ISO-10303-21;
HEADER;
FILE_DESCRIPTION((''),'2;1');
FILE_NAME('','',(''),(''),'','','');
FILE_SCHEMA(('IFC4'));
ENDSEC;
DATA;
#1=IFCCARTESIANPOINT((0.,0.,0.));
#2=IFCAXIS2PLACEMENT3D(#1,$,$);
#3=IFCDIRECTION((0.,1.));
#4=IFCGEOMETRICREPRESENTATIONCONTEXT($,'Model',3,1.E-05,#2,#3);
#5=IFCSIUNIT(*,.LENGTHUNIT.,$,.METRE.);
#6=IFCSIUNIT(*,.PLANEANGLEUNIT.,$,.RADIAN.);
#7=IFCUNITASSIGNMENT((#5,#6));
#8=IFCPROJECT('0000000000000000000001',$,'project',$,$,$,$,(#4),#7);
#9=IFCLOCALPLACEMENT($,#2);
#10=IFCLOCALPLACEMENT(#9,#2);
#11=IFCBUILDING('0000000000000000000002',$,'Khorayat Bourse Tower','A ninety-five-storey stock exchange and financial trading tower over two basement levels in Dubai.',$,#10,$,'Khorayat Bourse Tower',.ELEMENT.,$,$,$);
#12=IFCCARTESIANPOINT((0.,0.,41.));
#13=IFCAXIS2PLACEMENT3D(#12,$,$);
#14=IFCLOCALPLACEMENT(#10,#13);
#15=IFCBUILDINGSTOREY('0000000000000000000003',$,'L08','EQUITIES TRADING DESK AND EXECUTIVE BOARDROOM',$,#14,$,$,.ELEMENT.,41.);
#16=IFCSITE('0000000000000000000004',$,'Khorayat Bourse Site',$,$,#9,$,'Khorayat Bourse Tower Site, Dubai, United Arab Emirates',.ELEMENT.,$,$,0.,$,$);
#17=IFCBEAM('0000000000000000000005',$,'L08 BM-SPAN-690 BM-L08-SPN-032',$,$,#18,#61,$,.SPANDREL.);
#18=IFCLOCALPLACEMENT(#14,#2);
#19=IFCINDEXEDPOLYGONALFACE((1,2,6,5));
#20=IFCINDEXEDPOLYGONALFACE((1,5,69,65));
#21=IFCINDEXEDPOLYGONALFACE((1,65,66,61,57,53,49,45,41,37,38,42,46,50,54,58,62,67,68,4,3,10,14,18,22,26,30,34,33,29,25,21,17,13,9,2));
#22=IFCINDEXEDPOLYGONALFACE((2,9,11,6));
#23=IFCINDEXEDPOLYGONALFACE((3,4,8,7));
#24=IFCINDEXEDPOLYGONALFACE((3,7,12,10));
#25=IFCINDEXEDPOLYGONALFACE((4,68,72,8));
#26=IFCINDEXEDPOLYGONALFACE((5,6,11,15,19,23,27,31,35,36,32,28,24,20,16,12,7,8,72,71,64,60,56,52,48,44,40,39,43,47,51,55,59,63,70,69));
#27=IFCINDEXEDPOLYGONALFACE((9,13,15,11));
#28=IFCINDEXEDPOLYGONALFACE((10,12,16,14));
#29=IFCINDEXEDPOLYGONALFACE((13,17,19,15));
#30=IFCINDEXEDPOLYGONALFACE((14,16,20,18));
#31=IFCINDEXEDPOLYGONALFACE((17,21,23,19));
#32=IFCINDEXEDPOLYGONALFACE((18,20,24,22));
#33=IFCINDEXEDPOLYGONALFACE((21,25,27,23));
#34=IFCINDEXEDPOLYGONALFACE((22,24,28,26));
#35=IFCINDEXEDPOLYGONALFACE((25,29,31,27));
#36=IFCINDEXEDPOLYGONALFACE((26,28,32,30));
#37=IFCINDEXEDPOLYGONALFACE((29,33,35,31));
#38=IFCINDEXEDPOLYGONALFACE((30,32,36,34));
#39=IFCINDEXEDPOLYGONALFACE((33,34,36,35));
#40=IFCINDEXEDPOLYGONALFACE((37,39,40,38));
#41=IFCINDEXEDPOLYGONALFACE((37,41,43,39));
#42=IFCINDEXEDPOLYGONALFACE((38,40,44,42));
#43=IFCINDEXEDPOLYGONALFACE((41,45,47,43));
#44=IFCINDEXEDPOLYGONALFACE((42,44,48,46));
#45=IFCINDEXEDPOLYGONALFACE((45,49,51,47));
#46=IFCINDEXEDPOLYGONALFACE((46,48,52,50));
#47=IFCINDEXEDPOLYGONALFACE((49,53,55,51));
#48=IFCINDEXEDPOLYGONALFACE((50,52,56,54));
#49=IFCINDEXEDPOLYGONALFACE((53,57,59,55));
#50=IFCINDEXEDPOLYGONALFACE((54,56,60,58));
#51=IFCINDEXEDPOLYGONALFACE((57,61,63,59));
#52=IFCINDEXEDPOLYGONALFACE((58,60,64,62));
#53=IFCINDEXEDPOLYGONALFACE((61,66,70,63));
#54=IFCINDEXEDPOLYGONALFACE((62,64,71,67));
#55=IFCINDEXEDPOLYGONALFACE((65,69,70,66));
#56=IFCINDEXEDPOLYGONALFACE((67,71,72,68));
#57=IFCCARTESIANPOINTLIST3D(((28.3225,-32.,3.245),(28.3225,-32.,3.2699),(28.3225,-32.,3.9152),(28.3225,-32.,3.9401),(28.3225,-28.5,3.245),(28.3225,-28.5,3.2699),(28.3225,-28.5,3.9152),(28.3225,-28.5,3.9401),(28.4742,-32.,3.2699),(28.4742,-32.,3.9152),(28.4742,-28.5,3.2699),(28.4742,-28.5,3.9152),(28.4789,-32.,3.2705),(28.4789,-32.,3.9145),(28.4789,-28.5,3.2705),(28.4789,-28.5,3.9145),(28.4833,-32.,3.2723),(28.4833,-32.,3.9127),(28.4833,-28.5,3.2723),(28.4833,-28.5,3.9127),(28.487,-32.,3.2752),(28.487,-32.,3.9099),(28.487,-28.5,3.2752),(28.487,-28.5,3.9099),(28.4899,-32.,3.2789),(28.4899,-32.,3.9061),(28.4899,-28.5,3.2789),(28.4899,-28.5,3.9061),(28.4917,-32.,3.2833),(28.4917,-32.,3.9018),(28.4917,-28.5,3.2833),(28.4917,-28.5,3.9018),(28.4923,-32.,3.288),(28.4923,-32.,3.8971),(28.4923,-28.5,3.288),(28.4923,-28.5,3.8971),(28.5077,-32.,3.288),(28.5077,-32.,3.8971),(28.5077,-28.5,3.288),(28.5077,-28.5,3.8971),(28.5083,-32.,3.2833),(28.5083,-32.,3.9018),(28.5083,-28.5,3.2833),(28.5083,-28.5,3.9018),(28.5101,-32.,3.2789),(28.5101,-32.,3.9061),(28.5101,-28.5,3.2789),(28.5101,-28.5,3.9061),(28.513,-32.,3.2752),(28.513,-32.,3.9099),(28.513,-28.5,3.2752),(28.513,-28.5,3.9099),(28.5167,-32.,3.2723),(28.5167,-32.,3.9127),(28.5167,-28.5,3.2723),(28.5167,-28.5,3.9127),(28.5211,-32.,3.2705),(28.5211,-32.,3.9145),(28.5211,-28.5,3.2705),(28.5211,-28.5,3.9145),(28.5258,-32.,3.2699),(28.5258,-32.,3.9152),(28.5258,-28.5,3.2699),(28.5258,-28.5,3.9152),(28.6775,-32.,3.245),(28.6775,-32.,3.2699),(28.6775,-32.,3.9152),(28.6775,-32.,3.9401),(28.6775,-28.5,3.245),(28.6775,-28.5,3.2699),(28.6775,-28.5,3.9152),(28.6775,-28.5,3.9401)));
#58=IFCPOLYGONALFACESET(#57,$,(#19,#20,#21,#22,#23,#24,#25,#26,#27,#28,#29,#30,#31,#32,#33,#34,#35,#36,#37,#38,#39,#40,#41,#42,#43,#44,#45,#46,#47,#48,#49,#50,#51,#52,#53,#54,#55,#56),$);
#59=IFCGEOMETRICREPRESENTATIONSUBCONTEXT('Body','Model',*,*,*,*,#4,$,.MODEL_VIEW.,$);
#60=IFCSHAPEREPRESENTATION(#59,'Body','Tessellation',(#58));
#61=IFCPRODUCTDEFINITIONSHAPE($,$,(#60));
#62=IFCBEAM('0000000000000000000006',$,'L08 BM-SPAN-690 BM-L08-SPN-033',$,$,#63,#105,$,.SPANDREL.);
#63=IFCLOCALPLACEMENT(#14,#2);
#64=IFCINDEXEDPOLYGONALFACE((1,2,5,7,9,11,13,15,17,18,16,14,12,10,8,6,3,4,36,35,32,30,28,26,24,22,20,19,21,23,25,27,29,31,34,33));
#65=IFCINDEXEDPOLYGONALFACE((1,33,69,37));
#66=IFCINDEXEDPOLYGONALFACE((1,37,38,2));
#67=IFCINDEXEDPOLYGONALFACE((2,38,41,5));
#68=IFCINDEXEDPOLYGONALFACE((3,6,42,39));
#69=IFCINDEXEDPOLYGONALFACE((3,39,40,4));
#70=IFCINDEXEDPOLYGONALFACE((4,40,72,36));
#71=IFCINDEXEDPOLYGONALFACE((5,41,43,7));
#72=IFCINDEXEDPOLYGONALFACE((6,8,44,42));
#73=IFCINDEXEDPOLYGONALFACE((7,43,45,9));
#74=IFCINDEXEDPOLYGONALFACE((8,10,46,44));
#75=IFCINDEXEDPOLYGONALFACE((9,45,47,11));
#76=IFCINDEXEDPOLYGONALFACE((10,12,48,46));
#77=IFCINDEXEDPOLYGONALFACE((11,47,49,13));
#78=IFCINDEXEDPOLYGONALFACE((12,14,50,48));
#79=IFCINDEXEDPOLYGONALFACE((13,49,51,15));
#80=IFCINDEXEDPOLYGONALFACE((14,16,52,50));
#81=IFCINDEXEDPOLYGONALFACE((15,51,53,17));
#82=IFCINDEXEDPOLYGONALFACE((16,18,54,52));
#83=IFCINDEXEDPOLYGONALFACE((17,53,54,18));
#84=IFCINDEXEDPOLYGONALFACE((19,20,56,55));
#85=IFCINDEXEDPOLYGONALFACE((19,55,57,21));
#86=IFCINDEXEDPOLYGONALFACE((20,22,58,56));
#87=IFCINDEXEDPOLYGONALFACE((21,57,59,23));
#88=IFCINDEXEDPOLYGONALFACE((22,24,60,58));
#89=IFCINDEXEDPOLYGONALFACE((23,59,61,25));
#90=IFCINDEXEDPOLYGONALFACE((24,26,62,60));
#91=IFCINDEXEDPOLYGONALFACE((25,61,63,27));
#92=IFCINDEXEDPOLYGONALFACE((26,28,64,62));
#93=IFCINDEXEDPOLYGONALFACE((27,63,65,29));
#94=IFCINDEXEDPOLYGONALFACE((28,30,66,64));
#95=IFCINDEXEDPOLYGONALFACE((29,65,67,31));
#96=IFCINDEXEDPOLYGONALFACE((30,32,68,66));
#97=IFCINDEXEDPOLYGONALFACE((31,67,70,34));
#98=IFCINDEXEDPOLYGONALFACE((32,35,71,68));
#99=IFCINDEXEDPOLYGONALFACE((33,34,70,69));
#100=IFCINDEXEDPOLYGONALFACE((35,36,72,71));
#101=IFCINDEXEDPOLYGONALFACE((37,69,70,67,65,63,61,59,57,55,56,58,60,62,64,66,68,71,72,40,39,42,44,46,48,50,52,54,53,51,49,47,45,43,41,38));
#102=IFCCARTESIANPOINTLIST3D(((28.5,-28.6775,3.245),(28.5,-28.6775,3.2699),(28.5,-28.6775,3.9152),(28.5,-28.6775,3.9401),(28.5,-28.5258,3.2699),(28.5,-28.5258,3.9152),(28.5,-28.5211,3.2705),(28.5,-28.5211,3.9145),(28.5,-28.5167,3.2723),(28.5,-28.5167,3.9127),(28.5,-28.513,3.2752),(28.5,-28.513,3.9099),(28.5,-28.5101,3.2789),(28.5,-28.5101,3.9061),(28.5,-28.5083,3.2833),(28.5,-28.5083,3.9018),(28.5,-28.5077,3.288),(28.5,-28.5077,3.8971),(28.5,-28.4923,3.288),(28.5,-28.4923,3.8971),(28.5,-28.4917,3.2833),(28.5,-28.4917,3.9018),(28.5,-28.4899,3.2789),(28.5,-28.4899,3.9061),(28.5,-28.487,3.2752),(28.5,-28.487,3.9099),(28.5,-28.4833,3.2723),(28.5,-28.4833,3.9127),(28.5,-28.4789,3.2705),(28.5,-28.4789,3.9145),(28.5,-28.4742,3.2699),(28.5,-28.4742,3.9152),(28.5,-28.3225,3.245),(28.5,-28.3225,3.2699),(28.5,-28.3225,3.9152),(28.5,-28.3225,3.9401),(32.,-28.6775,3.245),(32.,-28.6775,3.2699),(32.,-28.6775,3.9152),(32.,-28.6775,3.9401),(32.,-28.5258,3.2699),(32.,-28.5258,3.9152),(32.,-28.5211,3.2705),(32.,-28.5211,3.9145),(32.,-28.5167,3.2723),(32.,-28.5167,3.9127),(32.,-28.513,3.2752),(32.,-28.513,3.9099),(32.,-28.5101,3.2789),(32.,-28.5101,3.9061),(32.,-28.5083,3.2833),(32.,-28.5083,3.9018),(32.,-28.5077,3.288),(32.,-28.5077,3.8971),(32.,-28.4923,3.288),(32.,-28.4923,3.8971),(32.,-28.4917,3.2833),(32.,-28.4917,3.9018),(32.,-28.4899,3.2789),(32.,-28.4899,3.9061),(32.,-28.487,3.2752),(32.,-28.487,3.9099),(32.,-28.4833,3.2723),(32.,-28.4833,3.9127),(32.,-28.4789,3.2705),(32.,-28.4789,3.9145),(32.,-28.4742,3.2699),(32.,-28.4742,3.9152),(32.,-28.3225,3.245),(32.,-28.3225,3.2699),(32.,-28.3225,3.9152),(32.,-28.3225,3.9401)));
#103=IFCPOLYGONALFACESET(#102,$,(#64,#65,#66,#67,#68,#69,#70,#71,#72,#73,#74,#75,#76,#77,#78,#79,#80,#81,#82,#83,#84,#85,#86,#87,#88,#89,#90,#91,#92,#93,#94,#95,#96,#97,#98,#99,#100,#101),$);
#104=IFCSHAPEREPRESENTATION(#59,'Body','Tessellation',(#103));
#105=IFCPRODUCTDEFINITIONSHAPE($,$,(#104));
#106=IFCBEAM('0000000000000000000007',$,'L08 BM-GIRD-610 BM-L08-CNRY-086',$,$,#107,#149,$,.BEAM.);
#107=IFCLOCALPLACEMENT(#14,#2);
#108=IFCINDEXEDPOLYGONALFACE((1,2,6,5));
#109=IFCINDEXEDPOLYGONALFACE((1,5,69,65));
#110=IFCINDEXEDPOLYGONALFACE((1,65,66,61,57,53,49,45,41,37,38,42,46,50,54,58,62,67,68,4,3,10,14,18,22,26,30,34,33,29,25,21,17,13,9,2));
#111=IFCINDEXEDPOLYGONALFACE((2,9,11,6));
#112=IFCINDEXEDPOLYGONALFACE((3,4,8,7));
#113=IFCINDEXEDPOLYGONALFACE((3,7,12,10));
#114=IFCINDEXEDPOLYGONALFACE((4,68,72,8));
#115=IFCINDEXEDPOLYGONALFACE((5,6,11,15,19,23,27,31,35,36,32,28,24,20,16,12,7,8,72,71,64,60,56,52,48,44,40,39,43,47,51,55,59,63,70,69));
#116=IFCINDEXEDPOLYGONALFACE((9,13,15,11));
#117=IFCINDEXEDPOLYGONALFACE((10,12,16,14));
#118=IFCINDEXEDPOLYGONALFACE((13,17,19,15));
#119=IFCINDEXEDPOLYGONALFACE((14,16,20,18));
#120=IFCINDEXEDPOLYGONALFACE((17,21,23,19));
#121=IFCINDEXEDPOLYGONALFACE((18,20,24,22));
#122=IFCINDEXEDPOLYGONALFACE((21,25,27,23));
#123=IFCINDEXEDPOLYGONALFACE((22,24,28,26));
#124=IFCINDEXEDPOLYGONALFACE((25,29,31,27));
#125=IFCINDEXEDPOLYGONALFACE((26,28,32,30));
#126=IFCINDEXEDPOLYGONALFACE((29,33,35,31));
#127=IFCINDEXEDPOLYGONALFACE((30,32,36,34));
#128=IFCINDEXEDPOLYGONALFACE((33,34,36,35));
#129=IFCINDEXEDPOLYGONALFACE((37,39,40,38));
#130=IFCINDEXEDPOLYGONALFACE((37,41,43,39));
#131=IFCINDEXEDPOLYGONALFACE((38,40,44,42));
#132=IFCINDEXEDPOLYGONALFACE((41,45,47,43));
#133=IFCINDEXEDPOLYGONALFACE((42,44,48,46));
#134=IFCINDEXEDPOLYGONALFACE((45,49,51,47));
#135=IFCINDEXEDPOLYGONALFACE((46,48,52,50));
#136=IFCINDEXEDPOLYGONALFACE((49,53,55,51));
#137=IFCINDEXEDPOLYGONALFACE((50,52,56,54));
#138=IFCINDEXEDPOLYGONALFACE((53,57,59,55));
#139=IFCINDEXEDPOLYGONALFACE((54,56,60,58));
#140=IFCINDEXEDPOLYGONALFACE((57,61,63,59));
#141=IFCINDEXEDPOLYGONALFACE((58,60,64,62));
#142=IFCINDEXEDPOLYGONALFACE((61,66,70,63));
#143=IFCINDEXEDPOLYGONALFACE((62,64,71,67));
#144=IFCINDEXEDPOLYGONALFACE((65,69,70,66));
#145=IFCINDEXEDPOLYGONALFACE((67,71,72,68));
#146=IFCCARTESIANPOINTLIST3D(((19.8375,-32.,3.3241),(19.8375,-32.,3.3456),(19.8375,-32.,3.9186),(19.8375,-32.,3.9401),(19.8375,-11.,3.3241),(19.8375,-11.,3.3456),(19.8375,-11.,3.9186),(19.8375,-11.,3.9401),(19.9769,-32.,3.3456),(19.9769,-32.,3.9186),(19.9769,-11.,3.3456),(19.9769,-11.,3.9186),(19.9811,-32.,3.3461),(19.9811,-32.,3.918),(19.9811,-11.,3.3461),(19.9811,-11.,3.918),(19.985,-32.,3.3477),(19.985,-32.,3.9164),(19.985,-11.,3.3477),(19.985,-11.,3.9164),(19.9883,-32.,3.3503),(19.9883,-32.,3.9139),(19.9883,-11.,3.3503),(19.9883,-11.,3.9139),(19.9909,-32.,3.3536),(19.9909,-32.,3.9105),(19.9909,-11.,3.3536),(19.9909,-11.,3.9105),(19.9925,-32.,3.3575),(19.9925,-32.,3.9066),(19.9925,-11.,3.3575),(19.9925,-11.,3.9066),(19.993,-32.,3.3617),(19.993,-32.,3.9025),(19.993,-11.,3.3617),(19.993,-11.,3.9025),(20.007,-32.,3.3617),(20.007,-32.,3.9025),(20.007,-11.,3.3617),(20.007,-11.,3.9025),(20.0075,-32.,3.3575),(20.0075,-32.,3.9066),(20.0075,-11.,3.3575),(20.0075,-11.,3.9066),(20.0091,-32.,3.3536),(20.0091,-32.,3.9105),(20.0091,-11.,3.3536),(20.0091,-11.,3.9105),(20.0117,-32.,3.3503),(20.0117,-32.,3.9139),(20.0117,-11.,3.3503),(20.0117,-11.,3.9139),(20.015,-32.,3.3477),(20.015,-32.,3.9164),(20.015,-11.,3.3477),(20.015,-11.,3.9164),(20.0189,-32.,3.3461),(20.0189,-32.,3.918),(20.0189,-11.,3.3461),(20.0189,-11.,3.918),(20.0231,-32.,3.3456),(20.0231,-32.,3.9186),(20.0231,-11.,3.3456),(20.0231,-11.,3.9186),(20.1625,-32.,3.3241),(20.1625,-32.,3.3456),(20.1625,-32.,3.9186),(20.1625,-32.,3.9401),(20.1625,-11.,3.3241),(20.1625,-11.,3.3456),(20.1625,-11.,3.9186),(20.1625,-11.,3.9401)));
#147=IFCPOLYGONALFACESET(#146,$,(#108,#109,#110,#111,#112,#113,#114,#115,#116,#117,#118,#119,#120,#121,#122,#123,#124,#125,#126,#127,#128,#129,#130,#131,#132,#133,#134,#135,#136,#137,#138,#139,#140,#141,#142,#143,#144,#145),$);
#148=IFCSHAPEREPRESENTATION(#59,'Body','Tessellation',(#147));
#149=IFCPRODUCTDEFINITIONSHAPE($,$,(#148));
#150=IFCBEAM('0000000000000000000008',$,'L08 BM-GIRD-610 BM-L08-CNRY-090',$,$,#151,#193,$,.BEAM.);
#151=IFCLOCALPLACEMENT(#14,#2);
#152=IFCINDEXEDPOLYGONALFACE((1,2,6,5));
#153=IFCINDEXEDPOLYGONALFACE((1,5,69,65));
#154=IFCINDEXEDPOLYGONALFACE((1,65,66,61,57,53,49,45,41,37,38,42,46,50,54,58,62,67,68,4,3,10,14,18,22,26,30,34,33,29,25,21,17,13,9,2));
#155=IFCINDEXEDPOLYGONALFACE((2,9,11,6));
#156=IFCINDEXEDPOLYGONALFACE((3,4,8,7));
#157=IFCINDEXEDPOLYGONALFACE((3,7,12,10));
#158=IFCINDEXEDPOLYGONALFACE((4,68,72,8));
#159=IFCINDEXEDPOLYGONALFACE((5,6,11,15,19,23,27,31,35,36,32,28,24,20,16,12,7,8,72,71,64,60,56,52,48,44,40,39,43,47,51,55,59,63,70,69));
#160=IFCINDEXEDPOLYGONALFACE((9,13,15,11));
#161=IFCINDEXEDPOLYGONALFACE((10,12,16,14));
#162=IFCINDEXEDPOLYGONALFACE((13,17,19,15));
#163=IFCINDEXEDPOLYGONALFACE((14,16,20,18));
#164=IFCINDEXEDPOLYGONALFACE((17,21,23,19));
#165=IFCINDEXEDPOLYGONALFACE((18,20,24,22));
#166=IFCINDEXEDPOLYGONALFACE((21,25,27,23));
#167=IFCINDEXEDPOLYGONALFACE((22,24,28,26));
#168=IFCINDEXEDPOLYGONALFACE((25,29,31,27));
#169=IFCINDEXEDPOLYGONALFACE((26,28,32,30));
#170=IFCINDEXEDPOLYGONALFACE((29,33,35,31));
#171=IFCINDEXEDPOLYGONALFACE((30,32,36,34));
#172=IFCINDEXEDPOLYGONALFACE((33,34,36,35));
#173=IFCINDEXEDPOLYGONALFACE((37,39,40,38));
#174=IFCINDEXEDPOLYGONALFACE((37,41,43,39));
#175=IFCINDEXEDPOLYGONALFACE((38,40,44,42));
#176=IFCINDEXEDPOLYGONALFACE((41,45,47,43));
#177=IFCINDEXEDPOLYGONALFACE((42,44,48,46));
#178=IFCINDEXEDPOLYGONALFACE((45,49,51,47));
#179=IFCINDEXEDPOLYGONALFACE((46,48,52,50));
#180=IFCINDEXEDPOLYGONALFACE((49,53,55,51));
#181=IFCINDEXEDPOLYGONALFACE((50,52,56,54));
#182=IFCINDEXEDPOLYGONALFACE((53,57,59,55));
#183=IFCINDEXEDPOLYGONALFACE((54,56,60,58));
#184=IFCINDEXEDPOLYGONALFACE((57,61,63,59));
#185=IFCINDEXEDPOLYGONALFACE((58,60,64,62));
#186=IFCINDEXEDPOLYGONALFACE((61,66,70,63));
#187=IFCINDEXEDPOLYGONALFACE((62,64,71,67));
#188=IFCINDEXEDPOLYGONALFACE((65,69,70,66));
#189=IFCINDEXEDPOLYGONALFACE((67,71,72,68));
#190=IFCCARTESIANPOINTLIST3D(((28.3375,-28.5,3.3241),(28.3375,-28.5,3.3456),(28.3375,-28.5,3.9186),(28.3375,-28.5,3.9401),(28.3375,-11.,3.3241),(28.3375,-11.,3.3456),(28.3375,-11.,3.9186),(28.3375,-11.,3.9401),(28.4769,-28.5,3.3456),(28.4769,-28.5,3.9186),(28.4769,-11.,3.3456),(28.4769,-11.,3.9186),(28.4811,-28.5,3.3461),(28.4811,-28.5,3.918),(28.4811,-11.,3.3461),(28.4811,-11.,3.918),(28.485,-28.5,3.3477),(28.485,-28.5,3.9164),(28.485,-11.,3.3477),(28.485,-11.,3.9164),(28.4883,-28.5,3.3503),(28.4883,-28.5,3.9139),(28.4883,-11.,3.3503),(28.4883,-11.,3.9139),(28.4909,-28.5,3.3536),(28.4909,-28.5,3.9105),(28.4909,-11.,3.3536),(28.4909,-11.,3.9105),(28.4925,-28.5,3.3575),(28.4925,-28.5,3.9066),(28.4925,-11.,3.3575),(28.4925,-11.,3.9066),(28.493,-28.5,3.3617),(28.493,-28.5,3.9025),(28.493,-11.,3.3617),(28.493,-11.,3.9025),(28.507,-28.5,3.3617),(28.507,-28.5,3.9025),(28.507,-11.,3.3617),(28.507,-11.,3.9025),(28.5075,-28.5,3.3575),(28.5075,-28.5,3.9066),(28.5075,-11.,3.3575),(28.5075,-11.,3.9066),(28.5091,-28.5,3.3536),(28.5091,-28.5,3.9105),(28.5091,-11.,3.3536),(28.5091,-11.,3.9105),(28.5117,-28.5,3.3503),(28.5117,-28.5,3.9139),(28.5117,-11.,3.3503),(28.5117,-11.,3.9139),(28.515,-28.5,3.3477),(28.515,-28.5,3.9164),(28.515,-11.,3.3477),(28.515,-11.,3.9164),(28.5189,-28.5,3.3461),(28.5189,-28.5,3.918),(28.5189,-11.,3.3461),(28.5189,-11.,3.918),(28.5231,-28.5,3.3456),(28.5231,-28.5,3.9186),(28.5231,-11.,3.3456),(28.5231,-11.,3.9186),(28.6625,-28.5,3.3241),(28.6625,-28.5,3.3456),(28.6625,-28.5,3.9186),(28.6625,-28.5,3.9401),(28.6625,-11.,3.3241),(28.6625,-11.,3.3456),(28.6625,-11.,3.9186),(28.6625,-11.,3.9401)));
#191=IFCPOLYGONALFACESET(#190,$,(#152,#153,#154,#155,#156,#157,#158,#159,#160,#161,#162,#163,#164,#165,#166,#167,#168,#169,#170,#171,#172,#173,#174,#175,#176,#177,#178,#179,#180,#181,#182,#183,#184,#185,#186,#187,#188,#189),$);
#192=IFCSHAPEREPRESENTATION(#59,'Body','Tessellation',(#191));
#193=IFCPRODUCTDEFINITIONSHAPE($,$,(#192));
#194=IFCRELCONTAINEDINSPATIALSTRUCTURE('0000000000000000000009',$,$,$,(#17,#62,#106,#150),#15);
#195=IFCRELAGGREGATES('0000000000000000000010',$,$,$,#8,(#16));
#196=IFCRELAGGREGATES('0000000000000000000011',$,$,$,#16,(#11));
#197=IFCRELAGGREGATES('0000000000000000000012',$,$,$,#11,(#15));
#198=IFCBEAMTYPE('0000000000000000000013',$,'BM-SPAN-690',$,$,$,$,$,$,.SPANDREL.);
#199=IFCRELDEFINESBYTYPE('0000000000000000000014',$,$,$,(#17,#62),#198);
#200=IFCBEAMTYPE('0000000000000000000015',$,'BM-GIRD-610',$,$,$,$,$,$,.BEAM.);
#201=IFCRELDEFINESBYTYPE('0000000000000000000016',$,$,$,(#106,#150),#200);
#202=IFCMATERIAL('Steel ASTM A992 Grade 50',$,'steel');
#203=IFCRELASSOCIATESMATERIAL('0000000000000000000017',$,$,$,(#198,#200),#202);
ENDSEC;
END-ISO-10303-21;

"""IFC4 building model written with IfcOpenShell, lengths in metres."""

from ifc_helpers import new_model, si_unit, direction, frame, origin, origin_2d, place, context, subcontext, project, spatial, i_section, extrude, source, transform, mapped, material, material_profile, profile_set, type_object, element, save


model = new_model("IFC4")

# Units and contexts
model_context = context("Model", 3, precision=1e-05, world=origin(), true_north=direction((0.0, 1.0)))
body_context = subcontext(model_context, "Body", "Model", "MODEL_VIEW")
ifc_project = project(units=[si_unit("LENGTHUNIT", "METRE"), si_unit("PLANEANGLEUNIT", "RADIAN")], contexts=[model_context])

# Site, building, storey
site_placement = place(None, origin())
site = spatial("IfcSite", under=ifc_project, at=site_placement, Name="Khorayat Bourse Site", LongName="Khorayat Bourse Tower Site, Dubai, United Arab Emirates", CompositionType="ELEMENT", RefElevation=0.0)
building_placement = place(site_placement, origin())
building = spatial("IfcBuilding", under=site, at=building_placement, Name="Khorayat Bourse Tower", Description="A ninety-five-storey stock exchange and financial trading tower over two basement levels in Dubai.", LongName="Khorayat Bourse Tower", CompositionType="ELEMENT")
storey_placement = place(building_placement, frame((0.0, 0.0, 41.0)))
storey = spatial("IfcBuildingStorey", under=building, at=storey_placement, Name="L08", Description="EQUITIES TRADING DESK AND EXECUTIVE BOARDROOM", CompositionType="ELEMENT", Elevation=41.0)

# Beams
ifc_material_1 = material(Name="Steel ASTM A992 Grade 50", Category="steel")
ifc_material_profile_1 = material_profile(ifc_material_1, i_section(OverallWidth=0.355, OverallDepth=0.6951, WebThickness=0.0154, FlangeThickness=0.0249, FilletRadius=0.0181, at=origin_2d()), Name="W690X217")
ifc_profile_set_1 = profile_set([ifc_material_profile_1], Name="Steel ASTM A992 Grade 50")
beam_type_1 = type_object("IfcBeamType", Name="BM-SPAN-690", PredefinedType="SPANDREL", material=ifc_profile_set_1)
shared_shape_1 = source(origin(), body_context, "Body", "SweptSolid", [
    extrude(i_section(OverallWidth=0.355, OverallDepth=0.6951, WebThickness=0.0154, FlangeThickness=0.0249, FilletRadius=0.0181, at=origin_2d()), origin(), (0.0, 0.0, 1.0), 3.5),
])
for number, where, z_axis, x_axis, name in (
    (1, (28.5, -32.0, 3.5925), (0.0, 1.0, 0.0), (-1.0, 0.0, 0.0), "L08 BM-SPAN-690 BM-L08-SPN-032"),
    (2, (28.5, -28.5, 3.5925), (1.0, 0.0, 0.0), (0.0, 1.0, 0.0), "L08 BM-SPAN-690 BM-L08-SPN-033"),
):
    element("IfcBeam", number, at=place(storey_placement, frame(where, z_axis=z_axis, x_axis=x_axis)), inside=storey, type_object=beam_type_1, Name=name, PredefinedType="SPANDREL", context=body_context, shape_type="MappedRepresentation", body=[
        mapped(shared_shape_1, transform((0.0, 0.0, 0.0), scale=1.0)),
    ])
ifc_material_profile_2 = material_profile(ifc_material_1, i_section(OverallWidth=0.325, OverallDepth=0.616, WebThickness=0.0139, FlangeThickness=0.0215, FilletRadius=0.0161, at=origin_2d()), Name="W610X174")
ifc_profile_set_2 = profile_set([ifc_material_profile_2], Name="Steel ASTM A992 Grade 50")
beam_type_2 = type_object("IfcBeamType", Name="BM-GIRD-610", PredefinedType="BEAM", material=ifc_profile_set_2)
shared_shape_2 = source(origin(), body_context, "Body", "SweptSolid", [
    extrude(i_section(OverallWidth=0.325, OverallDepth=0.616, WebThickness=0.0139, FlangeThickness=0.0215, FilletRadius=0.0161, at=origin_2d()), origin(), (0.0, 0.0, 1.0), 21.0),
])
beam_1_placement = place(storey_placement, frame((20.0, -32.0, 3.6321), z_axis=(0.0, 1.0, 0.0), x_axis=(-1.0, 0.0, 0.0)))
element("IfcBeam", 3, at=beam_1_placement, inside=storey, type_object=beam_type_2, Name="L08 BM-GIRD-610 BM-L08-CNRY-086", PredefinedType="BEAM", context=body_context, shape_type="MappedRepresentation", body=[
    mapped(shared_shape_2, transform((0.0, 0.0, 0.0), scale=1.0)),
])
shared_shape_3 = source(origin(), body_context, "Body", "SweptSolid", [
    extrude(i_section(OverallWidth=0.325, OverallDepth=0.616, WebThickness=0.0139, FlangeThickness=0.0215, FilletRadius=0.0161, at=origin_2d()), origin(), (0.0, 0.0, 1.0), 17.5),
])
beam_2_placement = place(storey_placement, frame((28.5, -28.5, 3.6321), z_axis=(0.0, 1.0, 0.0), x_axis=(-1.0, 0.0, 0.0)))
element("IfcBeam", 4, at=beam_2_placement, inside=storey, type_object=beam_type_2, Name="L08 BM-GIRD-610 BM-L08-CNRY-090", PredefinedType="BEAM", context=body_context, shape_type="MappedRepresentation", body=[
    mapped(shared_shape_3, transform((0.0, 0.0, 0.0), scale=1.0)),
])

save(model, "model.ifc")
